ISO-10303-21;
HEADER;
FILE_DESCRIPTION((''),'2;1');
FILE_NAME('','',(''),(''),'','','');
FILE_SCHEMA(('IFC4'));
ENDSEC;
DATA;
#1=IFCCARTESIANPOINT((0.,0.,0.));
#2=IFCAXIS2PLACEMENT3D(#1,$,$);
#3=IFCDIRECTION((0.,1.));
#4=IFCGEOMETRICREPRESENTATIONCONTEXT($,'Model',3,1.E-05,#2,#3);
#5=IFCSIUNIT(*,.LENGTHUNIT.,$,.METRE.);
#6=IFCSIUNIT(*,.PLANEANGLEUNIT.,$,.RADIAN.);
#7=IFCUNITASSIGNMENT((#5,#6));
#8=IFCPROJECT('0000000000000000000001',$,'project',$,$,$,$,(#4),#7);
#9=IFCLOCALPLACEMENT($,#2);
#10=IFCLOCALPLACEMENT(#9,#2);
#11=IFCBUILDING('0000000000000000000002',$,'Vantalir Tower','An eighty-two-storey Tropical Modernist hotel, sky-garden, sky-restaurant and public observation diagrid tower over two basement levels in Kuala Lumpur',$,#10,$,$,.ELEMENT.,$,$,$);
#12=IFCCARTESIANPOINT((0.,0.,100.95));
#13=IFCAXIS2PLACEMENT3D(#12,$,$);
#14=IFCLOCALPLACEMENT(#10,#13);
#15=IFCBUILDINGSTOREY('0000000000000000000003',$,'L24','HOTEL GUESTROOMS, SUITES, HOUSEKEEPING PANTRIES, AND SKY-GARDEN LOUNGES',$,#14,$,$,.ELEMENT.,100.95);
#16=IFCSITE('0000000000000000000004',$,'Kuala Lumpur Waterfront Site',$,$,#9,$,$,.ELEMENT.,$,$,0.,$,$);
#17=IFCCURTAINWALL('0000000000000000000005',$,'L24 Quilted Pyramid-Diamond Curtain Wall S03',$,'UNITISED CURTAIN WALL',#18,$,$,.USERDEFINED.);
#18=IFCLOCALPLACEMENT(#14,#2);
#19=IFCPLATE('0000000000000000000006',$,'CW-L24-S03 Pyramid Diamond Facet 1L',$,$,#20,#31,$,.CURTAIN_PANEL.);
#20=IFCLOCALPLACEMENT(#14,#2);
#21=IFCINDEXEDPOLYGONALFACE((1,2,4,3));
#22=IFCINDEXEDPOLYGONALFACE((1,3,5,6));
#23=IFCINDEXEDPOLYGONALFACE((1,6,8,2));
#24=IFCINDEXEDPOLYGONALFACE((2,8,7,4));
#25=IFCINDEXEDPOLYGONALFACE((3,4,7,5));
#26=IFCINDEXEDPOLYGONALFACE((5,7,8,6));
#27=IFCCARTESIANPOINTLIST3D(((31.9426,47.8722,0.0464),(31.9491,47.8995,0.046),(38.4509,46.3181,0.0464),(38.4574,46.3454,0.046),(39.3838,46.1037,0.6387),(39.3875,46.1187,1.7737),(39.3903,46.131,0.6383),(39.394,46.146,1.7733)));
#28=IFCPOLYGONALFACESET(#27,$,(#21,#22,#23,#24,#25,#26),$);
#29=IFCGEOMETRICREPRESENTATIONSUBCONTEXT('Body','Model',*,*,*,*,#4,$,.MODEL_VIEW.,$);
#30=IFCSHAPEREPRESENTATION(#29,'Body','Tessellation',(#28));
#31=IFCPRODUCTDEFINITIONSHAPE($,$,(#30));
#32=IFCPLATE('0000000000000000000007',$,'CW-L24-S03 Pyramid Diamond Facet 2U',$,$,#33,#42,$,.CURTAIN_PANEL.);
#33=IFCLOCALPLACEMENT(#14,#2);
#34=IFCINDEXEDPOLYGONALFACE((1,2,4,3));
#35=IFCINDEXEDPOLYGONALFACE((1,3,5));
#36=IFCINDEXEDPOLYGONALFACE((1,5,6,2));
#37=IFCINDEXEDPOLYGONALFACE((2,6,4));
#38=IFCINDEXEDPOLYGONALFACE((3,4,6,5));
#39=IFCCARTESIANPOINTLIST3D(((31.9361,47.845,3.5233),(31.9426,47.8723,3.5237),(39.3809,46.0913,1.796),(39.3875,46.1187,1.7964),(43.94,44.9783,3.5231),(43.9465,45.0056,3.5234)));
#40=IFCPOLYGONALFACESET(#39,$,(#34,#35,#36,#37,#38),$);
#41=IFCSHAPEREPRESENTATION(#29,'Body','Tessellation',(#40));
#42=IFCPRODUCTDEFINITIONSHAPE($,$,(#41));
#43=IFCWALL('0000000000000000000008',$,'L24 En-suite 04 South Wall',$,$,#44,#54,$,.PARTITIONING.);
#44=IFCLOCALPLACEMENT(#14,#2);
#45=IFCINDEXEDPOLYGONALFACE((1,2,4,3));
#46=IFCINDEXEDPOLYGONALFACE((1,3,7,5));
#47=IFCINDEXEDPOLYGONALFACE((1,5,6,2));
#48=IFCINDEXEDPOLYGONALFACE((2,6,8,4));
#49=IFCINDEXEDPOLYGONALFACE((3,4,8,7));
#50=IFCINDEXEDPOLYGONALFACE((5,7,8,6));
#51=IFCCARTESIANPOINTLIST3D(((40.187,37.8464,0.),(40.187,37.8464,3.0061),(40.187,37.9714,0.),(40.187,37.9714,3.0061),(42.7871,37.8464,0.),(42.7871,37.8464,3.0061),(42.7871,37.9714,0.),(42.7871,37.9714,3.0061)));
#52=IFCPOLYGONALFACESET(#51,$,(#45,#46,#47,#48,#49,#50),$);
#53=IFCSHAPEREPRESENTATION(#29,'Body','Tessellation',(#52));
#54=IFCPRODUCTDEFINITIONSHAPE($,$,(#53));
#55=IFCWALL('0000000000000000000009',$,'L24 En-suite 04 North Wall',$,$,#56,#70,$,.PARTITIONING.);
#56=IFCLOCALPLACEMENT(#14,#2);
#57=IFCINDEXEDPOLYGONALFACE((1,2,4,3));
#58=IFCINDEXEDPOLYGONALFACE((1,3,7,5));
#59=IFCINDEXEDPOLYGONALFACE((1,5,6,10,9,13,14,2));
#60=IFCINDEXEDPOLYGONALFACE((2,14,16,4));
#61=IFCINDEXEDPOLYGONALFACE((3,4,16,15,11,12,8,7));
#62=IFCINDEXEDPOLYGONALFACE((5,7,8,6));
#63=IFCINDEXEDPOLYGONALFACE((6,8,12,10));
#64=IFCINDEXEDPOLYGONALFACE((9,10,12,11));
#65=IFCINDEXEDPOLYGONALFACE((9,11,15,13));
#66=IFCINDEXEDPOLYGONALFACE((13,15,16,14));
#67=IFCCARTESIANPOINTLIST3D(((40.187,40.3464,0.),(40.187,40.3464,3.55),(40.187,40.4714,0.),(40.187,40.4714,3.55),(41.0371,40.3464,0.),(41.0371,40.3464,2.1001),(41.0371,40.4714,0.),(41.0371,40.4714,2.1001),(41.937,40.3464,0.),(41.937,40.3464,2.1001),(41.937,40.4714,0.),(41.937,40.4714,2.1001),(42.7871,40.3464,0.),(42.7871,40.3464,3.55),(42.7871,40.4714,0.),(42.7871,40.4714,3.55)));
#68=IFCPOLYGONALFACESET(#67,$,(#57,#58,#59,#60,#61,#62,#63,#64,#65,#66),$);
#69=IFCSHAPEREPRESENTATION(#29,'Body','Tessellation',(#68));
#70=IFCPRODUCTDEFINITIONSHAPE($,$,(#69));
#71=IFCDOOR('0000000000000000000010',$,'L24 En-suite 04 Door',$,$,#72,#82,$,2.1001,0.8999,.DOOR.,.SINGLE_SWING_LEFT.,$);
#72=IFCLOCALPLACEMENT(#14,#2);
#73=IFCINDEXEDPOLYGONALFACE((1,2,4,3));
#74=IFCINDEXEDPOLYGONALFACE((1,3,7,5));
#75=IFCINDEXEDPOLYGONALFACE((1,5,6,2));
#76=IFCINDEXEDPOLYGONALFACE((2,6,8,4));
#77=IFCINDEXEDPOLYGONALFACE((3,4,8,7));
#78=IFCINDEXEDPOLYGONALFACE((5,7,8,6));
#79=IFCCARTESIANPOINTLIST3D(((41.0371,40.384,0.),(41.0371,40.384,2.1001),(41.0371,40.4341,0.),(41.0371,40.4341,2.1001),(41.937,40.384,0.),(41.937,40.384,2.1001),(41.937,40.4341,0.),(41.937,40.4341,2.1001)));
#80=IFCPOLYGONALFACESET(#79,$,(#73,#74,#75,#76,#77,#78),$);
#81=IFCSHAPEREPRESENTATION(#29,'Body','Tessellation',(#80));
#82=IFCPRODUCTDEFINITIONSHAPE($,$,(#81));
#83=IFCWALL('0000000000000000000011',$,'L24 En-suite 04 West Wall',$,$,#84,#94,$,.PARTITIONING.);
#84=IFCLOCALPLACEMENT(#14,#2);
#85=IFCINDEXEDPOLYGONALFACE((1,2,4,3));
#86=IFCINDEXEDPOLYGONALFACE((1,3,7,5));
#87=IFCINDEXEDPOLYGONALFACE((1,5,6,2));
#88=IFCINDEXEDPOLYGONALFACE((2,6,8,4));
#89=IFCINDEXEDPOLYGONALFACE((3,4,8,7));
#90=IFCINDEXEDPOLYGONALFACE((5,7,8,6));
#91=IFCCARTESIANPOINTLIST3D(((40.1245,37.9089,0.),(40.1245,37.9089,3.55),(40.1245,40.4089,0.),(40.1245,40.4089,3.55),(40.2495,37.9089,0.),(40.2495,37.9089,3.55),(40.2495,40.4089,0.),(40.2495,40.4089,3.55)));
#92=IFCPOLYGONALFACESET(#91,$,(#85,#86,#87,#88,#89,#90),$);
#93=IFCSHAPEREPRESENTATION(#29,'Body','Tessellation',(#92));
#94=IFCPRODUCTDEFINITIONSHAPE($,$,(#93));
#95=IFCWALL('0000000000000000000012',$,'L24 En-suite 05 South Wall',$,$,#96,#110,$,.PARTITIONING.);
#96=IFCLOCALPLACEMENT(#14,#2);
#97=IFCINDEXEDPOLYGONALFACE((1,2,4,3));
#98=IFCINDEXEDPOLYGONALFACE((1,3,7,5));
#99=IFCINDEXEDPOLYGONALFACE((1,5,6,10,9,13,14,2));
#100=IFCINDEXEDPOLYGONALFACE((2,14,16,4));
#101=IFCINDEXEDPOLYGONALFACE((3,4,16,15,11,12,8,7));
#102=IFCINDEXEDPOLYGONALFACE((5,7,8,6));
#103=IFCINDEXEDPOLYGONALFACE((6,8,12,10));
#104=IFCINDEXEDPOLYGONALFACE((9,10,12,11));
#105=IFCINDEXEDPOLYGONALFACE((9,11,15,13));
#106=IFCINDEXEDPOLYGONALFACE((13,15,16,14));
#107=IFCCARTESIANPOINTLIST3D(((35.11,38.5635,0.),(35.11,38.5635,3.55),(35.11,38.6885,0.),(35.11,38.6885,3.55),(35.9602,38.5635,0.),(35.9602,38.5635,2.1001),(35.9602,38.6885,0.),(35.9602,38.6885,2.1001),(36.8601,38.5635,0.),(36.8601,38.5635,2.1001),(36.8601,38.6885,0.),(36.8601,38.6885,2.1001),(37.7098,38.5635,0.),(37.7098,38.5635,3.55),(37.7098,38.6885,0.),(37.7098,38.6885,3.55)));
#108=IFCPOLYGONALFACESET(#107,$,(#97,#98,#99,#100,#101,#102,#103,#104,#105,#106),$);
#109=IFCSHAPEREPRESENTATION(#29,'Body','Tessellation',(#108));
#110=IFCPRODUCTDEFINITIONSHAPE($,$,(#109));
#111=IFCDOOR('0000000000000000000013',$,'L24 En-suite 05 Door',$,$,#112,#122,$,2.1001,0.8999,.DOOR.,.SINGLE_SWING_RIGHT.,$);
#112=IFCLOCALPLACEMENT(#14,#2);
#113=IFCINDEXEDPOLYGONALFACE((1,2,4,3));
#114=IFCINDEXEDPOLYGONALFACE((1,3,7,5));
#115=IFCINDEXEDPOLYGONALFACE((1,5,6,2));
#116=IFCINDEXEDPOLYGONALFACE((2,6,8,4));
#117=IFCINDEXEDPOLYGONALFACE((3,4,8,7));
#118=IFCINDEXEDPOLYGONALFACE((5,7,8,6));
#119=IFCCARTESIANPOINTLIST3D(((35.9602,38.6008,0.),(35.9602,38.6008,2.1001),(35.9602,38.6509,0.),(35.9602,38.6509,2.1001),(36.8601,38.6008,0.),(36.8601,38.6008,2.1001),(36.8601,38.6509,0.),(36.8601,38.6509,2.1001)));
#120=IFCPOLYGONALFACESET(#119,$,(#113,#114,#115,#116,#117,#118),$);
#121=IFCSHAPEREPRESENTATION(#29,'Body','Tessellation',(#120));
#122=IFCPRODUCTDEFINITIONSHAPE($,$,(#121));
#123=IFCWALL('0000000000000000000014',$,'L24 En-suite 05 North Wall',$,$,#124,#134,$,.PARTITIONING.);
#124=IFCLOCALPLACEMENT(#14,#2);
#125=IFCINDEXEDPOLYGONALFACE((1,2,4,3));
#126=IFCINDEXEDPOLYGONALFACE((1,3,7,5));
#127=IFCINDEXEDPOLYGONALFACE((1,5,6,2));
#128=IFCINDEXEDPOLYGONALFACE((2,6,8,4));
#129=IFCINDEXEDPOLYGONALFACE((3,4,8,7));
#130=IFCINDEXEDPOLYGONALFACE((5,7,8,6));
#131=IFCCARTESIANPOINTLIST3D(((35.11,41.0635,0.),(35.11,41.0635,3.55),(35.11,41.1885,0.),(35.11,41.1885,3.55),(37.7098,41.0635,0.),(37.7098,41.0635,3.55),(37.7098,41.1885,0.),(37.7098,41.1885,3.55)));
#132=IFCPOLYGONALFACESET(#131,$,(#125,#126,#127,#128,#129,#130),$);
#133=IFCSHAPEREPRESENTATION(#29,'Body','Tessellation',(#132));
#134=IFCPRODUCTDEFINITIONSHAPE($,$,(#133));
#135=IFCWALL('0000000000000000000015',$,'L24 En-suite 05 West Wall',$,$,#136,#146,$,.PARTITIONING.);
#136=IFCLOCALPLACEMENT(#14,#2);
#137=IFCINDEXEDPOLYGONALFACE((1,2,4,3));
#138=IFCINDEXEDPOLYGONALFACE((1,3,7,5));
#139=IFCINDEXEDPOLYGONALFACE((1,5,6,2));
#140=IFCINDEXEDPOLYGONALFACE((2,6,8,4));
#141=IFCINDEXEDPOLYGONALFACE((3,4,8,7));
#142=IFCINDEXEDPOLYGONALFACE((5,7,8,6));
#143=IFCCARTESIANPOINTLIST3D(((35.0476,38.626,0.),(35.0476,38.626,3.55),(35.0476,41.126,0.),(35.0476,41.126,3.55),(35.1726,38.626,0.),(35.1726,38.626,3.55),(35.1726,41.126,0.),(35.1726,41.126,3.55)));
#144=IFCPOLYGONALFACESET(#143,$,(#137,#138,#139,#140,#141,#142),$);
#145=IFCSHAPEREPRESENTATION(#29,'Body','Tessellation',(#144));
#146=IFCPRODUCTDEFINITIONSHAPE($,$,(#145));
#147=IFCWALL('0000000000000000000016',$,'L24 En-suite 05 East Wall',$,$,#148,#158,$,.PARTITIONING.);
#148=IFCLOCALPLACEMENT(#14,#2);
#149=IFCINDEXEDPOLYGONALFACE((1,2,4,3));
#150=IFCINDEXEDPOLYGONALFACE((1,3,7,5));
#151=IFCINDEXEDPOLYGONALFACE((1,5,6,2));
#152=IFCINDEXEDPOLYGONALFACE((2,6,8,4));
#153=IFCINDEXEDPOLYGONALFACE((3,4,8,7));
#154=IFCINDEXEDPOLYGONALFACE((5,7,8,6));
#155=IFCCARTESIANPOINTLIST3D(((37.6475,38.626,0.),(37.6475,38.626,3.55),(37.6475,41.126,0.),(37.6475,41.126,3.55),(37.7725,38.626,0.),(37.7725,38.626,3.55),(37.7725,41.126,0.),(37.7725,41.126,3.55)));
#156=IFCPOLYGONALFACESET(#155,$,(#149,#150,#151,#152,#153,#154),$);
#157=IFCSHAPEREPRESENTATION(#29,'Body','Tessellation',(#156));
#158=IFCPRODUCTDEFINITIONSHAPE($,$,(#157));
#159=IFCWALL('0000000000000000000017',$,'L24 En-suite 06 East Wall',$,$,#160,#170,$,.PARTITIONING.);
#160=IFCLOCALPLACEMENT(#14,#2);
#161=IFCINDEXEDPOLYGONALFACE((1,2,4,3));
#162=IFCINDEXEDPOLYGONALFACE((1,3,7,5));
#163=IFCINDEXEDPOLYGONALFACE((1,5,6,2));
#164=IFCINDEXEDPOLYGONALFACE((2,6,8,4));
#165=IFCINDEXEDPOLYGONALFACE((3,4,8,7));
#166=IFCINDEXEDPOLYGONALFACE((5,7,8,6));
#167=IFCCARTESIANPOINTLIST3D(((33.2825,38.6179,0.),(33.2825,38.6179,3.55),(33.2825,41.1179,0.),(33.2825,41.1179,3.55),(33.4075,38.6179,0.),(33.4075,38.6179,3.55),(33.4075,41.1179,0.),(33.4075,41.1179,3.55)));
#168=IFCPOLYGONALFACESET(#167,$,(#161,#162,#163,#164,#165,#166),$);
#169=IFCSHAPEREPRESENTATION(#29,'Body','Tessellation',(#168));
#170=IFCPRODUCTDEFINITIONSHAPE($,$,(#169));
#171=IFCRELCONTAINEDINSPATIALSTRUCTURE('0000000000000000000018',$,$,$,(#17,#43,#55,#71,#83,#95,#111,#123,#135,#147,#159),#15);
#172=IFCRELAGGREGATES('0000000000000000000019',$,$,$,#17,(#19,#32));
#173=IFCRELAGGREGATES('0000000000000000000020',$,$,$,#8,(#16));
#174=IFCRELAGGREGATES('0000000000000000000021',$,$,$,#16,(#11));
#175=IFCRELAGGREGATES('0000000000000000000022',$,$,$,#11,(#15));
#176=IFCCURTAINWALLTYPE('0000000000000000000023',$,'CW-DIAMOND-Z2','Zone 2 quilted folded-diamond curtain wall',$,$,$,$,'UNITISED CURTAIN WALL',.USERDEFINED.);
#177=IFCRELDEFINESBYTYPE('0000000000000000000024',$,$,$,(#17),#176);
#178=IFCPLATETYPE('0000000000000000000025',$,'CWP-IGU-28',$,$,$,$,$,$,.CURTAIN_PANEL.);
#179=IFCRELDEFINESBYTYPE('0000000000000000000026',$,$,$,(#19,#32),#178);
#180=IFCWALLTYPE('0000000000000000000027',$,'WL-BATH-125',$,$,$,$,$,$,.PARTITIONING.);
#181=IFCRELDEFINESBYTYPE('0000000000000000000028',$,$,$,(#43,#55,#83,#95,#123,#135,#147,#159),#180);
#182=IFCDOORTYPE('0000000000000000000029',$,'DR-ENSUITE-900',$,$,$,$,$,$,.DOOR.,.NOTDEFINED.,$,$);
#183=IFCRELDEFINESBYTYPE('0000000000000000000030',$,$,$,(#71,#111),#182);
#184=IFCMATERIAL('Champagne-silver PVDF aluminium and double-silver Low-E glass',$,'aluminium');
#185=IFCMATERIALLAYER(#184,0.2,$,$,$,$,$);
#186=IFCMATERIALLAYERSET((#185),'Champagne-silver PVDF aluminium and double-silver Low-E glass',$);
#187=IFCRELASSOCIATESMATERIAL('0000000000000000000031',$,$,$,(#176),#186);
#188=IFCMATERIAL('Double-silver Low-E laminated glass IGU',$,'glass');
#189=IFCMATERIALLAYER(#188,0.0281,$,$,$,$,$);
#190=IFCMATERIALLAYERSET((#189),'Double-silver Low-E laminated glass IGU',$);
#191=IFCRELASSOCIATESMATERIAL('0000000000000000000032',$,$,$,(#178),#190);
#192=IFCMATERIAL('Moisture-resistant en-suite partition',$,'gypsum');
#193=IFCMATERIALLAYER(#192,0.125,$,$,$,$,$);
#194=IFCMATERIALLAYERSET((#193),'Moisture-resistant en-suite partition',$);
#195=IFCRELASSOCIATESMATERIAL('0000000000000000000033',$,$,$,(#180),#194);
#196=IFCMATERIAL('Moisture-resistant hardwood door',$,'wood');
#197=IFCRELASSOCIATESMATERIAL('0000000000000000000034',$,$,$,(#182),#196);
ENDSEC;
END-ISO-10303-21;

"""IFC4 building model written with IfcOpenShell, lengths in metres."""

from ifc_helpers import new_model, si_unit, direction, frame, frame_2d, origin, place, context, subcontext, project, spatial, polyline, rectangle, outline, extrude, material, layer, layer_set, type_object, element, fill, aggregate, save


model = new_model("IFC4")

# Units and contexts
model_context = context("Model", 3, precision=1e-05, world=origin(), true_north=direction((0.0, 1.0)))
body_context = subcontext(model_context, "Body", "Model", "MODEL_VIEW")
ifc_project = project(units=[si_unit("LENGTHUNIT", "METRE"), si_unit("PLANEANGLEUNIT", "RADIAN")], contexts=[model_context])

# Site, building, storey
site_placement = place(None, origin())
site = spatial("IfcSite", under=ifc_project, at=site_placement, Name="Kuala Lumpur Waterfront Site", CompositionType="ELEMENT", RefElevation=0.0)
building_placement = place(site_placement, origin())
building = spatial("IfcBuilding", under=site, at=building_placement, Name="Vantalir Tower", Description="An eighty-two-storey Tropical Modernist hotel, sky-garden, sky-restaurant and public observation diagrid tower over two basement levels in Kuala Lumpur", CompositionType="ELEMENT")
storey_placement = place(building_placement, frame((0.0, 0.0, 100.95)))
storey = spatial("IfcBuildingStorey", under=building, at=storey_placement, Name="L24", Description="HOTEL GUESTROOMS, SUITES, HOUSEKEEPING PANTRIES, AND SKY-GARDEN LOUNGES", CompositionType="ELEMENT", Elevation=100.95)

# Curtain wall, plates
ifc_material_1 = material(Name="Champagne-silver PVDF aluminium and double-silver Low-E glass", Category="aluminium")
ifc_layer_1 = layer(ifc_material_1, 0.2)
ifc_layer_set_1 = layer_set([ifc_layer_1], Name="Champagne-silver PVDF aluminium and double-silver Low-E glass")
curtain_wall_type = type_object("IfcCurtainWallType", Name="CW-DIAMOND-Z2", Description="Zone 2 quilted folded-diamond curtain wall", ElementType="UNITISED CURTAIN WALL", PredefinedType="USERDEFINED", material=ifc_layer_set_1)
curtain_wall_placement = place(storey_placement, origin())
curtain_wall = element("IfcCurtainWall", 1, at=curtain_wall_placement, inside=storey, type_object=curtain_wall_type, Name="L24 Quilted Pyramid-Diamond Curtain Wall S03", ObjectType="UNITISED CURTAIN WALL", PredefinedType="USERDEFINED")
ifc_material_2 = material(Name="Double-silver Low-E laminated glass IGU", Category="glass")
ifc_layer_2 = layer(ifc_material_2, 0.0281)
ifc_layer_set_2 = layer_set([ifc_layer_2], Name="Double-silver Low-E laminated glass IGU")
plate_type = type_object("IfcPlateType", Name="CWP-IGU-28", PredefinedType="CURTAIN_PANEL", material=ifc_layer_set_2)
plate_1_placement = place(storey_placement, frame((38.4509, 46.3181, 0.0464), z_axis=(-0.232234, -0.972565, 0.013606), x_axis=(-0.972655, 0.232256, 0.0)))
plate_1 = element("IfcPlate", 2, at=plate_1_placement, type_object=plate_type, Name="CW-L24-S03 Pyramid Diamond Facet 1L", PredefinedType="CURTAIN_PANEL", context=body_context, shape_type="SweptSolid", body=[
    extrude(outline(polyline([(0.0, 0.0), (6.6913, 0.0), (-0.9572, -1.7275), (-0.9571, -0.5923), (0.0, 0.0)])), origin(), (0.0, 0.0, -1.0), 0.0281),
])
plate_2_placement = place(storey_placement, frame((31.9426, 47.8723, 3.5237), z_axis=(0.232261, 0.972558, 0.013664), x_axis=(0.972648, -0.232282, -0.00002)))
plate_2 = element("IfcPlate", 3, at=plate_2_placement, type_object=plate_type, Name="CW-L24-S03 Pyramid Diamond Facet 2U", PredefinedType="CURTAIN_PANEL", context=body_context, shape_type="SweptSolid", body=[
    extrude(outline(polyline([(0.0, 0.0), (12.3415, 0.0), (7.6486, 1.7273), (0.0, 0.0)])), origin(), (0.0, 0.0, -1.0), 0.0281),
])
aggregate(curtain_wall, [plate_1, plate_2])

# Wall
ifc_material_3 = material(Name="Moisture-resistant en-suite partition", Category="gypsum")
ifc_layer_3 = layer(ifc_material_3, 0.125)
ifc_layer_set_3 = layer_set([ifc_layer_3], Name="Moisture-resistant en-suite partition")
wall_type_1 = type_object("IfcWallType", Name="WL-BATH-125", PredefinedType="PARTITIONING", material=ifc_layer_set_3)
wall_1_placement = place(storey_placement, frame((40.187, 37.9089, 0.0), z_axis=(0.0, 0.0, 1.0), x_axis=(1.0, 0.0, 0.0)))
element("IfcWall", 4, at=wall_1_placement, inside=storey, type_object=wall_type_1, Name="L24 En-suite 04 South Wall", PredefinedType="PARTITIONING", context=body_context, shape_type="SweptSolid", body=[
    extrude(rectangle(XDim=2.6001, YDim=0.125, at=frame_2d((1.3, 0.0))), origin(), (0.0, 0.0, 1.0), 3.0061),
])

# Wall, opening, door
wall_2_placement = place(storey_placement, frame((40.187, 40.4089, 0.0), z_axis=(0.0, 0.0, 1.0), x_axis=(1.0, 0.0, 0.0)))
wall_2 = element("IfcWall", 5, at=wall_2_placement, inside=storey, type_object=wall_type_1, Name="L24 En-suite 04 North Wall", PredefinedType="PARTITIONING", context=body_context, shape_type="SweptSolid", body=[
    extrude(rectangle(XDim=2.6001, YDim=0.125, at=frame_2d((1.3, 0.0))), origin(), (0.0, 0.0, 1.0), 3.55),
])
opening_1_placement = place(wall_2_placement, frame((0.8501, 0.0, 0.0)))
opening_1 = element("IfcOpeningElement", 6, at=opening_1_placement, cuts=wall_2, PredefinedType="OPENING", context=body_context, shape_type="SweptSolid", body=[
    extrude(rectangle(XDim=0.8999, YDim=2.1001, at=frame_2d((0.45, 1.05))), frame((0.0, 0.0725, 0.0), z_axis=(0.0, -1.0, 0.0), x_axis=(1.0, 0.0, 0.0)), (0.0, 0.0, 1.0), 0.145),
])
ifc_material_4 = material(Name="Moisture-resistant hardwood door", Category="wood")
door_type_1 = type_object("IfcDoorType", Name="DR-ENSUITE-900", OperationType="NOTDEFINED", PredefinedType="DOOR", material=ifc_material_4)
door_1_placement = place(opening_1_placement, frame((0.8999, 0.0, 0.0), z_axis=(0.0, 0.0, 1.0), x_axis=(-1.0, 0.0, 0.0)))
door_1 = element("IfcDoor", 7, at=door_1_placement, inside=storey, type_object=door_type_1, Name="L24 En-suite 04 Door", OperationType="SINGLE_SWING_LEFT", OverallHeight=2.1001, OverallWidth=0.8999, PredefinedType="DOOR", context=body_context, shape_type="SweptSolid", body=[
    extrude(rectangle(XDim=0.8999, YDim=2.1001, at=frame_2d((0.45, 1.05))), frame((0.0, 0.0249, 0.0), z_axis=(0.0, -1.0, 0.0), x_axis=(1.0, 0.0, 0.0)), (0.0, 0.0, 1.0), 0.05),
])
fill(opening_1, door_1)

# Wall
wall_3_placement = place(storey_placement, frame((40.187, 37.9089, 0.0), z_axis=(0.0, 0.0, 1.0), x_axis=(0.0, 1.0, 0.0)))
element("IfcWall", 8, at=wall_3_placement, inside=storey, type_object=wall_type_1, Name="L24 En-suite 04 West Wall", PredefinedType="PARTITIONING", context=body_context, shape_type="SweptSolid", body=[
    extrude(rectangle(XDim=2.5, YDim=0.125, at=frame_2d((1.25, 0.0))), origin(), (0.0, 0.0, 1.0), 3.55),
])

# Wall, opening, door
wall_4_placement = place(storey_placement, frame((35.1101, 38.626, 0.0), z_axis=(0.0, 0.0, 1.0), x_axis=(1.0, 0.0, 0.0)))
wall_4 = element("IfcWall", 9, at=wall_4_placement, inside=storey, type_object=wall_type_1, Name="L24 En-suite 05 South Wall", PredefinedType="PARTITIONING", context=body_context, shape_type="SweptSolid", body=[
    extrude(rectangle(XDim=2.5999, YDim=0.125, at=frame_2d((1.2998, 0.0))), origin(), (0.0, 0.0, 1.0), 3.55),
])
opening_2_placement = place(wall_4_placement, frame((0.8501, 0.0, 0.0)))
opening_2 = element("IfcOpeningElement", 10, at=opening_2_placement, cuts=wall_4, PredefinedType="OPENING", context=body_context, shape_type="SweptSolid", body=[
    extrude(rectangle(XDim=0.8999, YDim=2.1001, at=frame_2d((0.45, 1.05))), frame((0.0, 0.0725, 0.0), z_axis=(0.0, -1.0, 0.0), x_axis=(1.0, 0.0, 0.0)), (0.0, 0.0, 1.0), 0.145),
])
door_2_placement = place(opening_2_placement, origin())
door_2 = element("IfcDoor", 11, at=door_2_placement, inside=storey, type_object=door_type_1, Name="L24 En-suite 05 Door", OperationType="SINGLE_SWING_RIGHT", OverallHeight=2.1001, OverallWidth=0.8999, PredefinedType="DOOR", context=body_context, shape_type="SweptSolid", body=[
    extrude(rectangle(XDim=0.8999, YDim=2.1001, at=frame_2d((0.45, 1.05))), frame((0.0, 0.0249, 0.0), z_axis=(0.0, -1.0, 0.0), x_axis=(1.0, 0.0, 0.0)), (0.0, 0.0, 1.0), 0.05),
])
fill(opening_2, door_2)

# Walls
wall_5_placement = place(storey_placement, frame((35.1101, 41.126, 0.0), z_axis=(0.0, 0.0, 1.0), x_axis=(1.0, 0.0, 0.0)))
element("IfcWall", 12, at=wall_5_placement, inside=storey, type_object=wall_type_1, Name="L24 En-suite 05 North Wall", PredefinedType="PARTITIONING", context=body_context, shape_type="SweptSolid", body=[
    extrude(rectangle(XDim=2.5999, YDim=0.125, at=frame_2d((1.2998, 0.0))), origin(), (0.0, 0.0, 1.0), 3.55),
])
for number, where, z_axis, x_axis, name in (
    (13, (35.1101, 38.626, 0.0), (0.0, 0.0, 1.0), (0.0, 1.0, 0.0), "L24 En-suite 05 West Wall"),
    (14, (37.71, 38.626, 0.0), (0.0, 0.0, 1.0), (0.0, 1.0, 0.0), "L24 En-suite 05 East Wall"),
    (15, (33.345, 38.6179, 0.0), (0.0, 0.0, 1.0), (0.0, 1.0, 0.0), "L24 En-suite 06 East Wall"),
):
    element("IfcWall", number, at=place(storey_placement, frame(where, z_axis=z_axis, x_axis=x_axis)), inside=storey, type_object=wall_type_1, Name=name, PredefinedType="PARTITIONING", context=body_context, shape_type="SweptSolid", body=[
        extrude(rectangle(XDim=2.5, YDim=0.125, at=frame_2d((1.25, 0.0))), origin(), (0.0, 0.0, 1.0), 3.55),
    ])

save(model, "model.ifc")
